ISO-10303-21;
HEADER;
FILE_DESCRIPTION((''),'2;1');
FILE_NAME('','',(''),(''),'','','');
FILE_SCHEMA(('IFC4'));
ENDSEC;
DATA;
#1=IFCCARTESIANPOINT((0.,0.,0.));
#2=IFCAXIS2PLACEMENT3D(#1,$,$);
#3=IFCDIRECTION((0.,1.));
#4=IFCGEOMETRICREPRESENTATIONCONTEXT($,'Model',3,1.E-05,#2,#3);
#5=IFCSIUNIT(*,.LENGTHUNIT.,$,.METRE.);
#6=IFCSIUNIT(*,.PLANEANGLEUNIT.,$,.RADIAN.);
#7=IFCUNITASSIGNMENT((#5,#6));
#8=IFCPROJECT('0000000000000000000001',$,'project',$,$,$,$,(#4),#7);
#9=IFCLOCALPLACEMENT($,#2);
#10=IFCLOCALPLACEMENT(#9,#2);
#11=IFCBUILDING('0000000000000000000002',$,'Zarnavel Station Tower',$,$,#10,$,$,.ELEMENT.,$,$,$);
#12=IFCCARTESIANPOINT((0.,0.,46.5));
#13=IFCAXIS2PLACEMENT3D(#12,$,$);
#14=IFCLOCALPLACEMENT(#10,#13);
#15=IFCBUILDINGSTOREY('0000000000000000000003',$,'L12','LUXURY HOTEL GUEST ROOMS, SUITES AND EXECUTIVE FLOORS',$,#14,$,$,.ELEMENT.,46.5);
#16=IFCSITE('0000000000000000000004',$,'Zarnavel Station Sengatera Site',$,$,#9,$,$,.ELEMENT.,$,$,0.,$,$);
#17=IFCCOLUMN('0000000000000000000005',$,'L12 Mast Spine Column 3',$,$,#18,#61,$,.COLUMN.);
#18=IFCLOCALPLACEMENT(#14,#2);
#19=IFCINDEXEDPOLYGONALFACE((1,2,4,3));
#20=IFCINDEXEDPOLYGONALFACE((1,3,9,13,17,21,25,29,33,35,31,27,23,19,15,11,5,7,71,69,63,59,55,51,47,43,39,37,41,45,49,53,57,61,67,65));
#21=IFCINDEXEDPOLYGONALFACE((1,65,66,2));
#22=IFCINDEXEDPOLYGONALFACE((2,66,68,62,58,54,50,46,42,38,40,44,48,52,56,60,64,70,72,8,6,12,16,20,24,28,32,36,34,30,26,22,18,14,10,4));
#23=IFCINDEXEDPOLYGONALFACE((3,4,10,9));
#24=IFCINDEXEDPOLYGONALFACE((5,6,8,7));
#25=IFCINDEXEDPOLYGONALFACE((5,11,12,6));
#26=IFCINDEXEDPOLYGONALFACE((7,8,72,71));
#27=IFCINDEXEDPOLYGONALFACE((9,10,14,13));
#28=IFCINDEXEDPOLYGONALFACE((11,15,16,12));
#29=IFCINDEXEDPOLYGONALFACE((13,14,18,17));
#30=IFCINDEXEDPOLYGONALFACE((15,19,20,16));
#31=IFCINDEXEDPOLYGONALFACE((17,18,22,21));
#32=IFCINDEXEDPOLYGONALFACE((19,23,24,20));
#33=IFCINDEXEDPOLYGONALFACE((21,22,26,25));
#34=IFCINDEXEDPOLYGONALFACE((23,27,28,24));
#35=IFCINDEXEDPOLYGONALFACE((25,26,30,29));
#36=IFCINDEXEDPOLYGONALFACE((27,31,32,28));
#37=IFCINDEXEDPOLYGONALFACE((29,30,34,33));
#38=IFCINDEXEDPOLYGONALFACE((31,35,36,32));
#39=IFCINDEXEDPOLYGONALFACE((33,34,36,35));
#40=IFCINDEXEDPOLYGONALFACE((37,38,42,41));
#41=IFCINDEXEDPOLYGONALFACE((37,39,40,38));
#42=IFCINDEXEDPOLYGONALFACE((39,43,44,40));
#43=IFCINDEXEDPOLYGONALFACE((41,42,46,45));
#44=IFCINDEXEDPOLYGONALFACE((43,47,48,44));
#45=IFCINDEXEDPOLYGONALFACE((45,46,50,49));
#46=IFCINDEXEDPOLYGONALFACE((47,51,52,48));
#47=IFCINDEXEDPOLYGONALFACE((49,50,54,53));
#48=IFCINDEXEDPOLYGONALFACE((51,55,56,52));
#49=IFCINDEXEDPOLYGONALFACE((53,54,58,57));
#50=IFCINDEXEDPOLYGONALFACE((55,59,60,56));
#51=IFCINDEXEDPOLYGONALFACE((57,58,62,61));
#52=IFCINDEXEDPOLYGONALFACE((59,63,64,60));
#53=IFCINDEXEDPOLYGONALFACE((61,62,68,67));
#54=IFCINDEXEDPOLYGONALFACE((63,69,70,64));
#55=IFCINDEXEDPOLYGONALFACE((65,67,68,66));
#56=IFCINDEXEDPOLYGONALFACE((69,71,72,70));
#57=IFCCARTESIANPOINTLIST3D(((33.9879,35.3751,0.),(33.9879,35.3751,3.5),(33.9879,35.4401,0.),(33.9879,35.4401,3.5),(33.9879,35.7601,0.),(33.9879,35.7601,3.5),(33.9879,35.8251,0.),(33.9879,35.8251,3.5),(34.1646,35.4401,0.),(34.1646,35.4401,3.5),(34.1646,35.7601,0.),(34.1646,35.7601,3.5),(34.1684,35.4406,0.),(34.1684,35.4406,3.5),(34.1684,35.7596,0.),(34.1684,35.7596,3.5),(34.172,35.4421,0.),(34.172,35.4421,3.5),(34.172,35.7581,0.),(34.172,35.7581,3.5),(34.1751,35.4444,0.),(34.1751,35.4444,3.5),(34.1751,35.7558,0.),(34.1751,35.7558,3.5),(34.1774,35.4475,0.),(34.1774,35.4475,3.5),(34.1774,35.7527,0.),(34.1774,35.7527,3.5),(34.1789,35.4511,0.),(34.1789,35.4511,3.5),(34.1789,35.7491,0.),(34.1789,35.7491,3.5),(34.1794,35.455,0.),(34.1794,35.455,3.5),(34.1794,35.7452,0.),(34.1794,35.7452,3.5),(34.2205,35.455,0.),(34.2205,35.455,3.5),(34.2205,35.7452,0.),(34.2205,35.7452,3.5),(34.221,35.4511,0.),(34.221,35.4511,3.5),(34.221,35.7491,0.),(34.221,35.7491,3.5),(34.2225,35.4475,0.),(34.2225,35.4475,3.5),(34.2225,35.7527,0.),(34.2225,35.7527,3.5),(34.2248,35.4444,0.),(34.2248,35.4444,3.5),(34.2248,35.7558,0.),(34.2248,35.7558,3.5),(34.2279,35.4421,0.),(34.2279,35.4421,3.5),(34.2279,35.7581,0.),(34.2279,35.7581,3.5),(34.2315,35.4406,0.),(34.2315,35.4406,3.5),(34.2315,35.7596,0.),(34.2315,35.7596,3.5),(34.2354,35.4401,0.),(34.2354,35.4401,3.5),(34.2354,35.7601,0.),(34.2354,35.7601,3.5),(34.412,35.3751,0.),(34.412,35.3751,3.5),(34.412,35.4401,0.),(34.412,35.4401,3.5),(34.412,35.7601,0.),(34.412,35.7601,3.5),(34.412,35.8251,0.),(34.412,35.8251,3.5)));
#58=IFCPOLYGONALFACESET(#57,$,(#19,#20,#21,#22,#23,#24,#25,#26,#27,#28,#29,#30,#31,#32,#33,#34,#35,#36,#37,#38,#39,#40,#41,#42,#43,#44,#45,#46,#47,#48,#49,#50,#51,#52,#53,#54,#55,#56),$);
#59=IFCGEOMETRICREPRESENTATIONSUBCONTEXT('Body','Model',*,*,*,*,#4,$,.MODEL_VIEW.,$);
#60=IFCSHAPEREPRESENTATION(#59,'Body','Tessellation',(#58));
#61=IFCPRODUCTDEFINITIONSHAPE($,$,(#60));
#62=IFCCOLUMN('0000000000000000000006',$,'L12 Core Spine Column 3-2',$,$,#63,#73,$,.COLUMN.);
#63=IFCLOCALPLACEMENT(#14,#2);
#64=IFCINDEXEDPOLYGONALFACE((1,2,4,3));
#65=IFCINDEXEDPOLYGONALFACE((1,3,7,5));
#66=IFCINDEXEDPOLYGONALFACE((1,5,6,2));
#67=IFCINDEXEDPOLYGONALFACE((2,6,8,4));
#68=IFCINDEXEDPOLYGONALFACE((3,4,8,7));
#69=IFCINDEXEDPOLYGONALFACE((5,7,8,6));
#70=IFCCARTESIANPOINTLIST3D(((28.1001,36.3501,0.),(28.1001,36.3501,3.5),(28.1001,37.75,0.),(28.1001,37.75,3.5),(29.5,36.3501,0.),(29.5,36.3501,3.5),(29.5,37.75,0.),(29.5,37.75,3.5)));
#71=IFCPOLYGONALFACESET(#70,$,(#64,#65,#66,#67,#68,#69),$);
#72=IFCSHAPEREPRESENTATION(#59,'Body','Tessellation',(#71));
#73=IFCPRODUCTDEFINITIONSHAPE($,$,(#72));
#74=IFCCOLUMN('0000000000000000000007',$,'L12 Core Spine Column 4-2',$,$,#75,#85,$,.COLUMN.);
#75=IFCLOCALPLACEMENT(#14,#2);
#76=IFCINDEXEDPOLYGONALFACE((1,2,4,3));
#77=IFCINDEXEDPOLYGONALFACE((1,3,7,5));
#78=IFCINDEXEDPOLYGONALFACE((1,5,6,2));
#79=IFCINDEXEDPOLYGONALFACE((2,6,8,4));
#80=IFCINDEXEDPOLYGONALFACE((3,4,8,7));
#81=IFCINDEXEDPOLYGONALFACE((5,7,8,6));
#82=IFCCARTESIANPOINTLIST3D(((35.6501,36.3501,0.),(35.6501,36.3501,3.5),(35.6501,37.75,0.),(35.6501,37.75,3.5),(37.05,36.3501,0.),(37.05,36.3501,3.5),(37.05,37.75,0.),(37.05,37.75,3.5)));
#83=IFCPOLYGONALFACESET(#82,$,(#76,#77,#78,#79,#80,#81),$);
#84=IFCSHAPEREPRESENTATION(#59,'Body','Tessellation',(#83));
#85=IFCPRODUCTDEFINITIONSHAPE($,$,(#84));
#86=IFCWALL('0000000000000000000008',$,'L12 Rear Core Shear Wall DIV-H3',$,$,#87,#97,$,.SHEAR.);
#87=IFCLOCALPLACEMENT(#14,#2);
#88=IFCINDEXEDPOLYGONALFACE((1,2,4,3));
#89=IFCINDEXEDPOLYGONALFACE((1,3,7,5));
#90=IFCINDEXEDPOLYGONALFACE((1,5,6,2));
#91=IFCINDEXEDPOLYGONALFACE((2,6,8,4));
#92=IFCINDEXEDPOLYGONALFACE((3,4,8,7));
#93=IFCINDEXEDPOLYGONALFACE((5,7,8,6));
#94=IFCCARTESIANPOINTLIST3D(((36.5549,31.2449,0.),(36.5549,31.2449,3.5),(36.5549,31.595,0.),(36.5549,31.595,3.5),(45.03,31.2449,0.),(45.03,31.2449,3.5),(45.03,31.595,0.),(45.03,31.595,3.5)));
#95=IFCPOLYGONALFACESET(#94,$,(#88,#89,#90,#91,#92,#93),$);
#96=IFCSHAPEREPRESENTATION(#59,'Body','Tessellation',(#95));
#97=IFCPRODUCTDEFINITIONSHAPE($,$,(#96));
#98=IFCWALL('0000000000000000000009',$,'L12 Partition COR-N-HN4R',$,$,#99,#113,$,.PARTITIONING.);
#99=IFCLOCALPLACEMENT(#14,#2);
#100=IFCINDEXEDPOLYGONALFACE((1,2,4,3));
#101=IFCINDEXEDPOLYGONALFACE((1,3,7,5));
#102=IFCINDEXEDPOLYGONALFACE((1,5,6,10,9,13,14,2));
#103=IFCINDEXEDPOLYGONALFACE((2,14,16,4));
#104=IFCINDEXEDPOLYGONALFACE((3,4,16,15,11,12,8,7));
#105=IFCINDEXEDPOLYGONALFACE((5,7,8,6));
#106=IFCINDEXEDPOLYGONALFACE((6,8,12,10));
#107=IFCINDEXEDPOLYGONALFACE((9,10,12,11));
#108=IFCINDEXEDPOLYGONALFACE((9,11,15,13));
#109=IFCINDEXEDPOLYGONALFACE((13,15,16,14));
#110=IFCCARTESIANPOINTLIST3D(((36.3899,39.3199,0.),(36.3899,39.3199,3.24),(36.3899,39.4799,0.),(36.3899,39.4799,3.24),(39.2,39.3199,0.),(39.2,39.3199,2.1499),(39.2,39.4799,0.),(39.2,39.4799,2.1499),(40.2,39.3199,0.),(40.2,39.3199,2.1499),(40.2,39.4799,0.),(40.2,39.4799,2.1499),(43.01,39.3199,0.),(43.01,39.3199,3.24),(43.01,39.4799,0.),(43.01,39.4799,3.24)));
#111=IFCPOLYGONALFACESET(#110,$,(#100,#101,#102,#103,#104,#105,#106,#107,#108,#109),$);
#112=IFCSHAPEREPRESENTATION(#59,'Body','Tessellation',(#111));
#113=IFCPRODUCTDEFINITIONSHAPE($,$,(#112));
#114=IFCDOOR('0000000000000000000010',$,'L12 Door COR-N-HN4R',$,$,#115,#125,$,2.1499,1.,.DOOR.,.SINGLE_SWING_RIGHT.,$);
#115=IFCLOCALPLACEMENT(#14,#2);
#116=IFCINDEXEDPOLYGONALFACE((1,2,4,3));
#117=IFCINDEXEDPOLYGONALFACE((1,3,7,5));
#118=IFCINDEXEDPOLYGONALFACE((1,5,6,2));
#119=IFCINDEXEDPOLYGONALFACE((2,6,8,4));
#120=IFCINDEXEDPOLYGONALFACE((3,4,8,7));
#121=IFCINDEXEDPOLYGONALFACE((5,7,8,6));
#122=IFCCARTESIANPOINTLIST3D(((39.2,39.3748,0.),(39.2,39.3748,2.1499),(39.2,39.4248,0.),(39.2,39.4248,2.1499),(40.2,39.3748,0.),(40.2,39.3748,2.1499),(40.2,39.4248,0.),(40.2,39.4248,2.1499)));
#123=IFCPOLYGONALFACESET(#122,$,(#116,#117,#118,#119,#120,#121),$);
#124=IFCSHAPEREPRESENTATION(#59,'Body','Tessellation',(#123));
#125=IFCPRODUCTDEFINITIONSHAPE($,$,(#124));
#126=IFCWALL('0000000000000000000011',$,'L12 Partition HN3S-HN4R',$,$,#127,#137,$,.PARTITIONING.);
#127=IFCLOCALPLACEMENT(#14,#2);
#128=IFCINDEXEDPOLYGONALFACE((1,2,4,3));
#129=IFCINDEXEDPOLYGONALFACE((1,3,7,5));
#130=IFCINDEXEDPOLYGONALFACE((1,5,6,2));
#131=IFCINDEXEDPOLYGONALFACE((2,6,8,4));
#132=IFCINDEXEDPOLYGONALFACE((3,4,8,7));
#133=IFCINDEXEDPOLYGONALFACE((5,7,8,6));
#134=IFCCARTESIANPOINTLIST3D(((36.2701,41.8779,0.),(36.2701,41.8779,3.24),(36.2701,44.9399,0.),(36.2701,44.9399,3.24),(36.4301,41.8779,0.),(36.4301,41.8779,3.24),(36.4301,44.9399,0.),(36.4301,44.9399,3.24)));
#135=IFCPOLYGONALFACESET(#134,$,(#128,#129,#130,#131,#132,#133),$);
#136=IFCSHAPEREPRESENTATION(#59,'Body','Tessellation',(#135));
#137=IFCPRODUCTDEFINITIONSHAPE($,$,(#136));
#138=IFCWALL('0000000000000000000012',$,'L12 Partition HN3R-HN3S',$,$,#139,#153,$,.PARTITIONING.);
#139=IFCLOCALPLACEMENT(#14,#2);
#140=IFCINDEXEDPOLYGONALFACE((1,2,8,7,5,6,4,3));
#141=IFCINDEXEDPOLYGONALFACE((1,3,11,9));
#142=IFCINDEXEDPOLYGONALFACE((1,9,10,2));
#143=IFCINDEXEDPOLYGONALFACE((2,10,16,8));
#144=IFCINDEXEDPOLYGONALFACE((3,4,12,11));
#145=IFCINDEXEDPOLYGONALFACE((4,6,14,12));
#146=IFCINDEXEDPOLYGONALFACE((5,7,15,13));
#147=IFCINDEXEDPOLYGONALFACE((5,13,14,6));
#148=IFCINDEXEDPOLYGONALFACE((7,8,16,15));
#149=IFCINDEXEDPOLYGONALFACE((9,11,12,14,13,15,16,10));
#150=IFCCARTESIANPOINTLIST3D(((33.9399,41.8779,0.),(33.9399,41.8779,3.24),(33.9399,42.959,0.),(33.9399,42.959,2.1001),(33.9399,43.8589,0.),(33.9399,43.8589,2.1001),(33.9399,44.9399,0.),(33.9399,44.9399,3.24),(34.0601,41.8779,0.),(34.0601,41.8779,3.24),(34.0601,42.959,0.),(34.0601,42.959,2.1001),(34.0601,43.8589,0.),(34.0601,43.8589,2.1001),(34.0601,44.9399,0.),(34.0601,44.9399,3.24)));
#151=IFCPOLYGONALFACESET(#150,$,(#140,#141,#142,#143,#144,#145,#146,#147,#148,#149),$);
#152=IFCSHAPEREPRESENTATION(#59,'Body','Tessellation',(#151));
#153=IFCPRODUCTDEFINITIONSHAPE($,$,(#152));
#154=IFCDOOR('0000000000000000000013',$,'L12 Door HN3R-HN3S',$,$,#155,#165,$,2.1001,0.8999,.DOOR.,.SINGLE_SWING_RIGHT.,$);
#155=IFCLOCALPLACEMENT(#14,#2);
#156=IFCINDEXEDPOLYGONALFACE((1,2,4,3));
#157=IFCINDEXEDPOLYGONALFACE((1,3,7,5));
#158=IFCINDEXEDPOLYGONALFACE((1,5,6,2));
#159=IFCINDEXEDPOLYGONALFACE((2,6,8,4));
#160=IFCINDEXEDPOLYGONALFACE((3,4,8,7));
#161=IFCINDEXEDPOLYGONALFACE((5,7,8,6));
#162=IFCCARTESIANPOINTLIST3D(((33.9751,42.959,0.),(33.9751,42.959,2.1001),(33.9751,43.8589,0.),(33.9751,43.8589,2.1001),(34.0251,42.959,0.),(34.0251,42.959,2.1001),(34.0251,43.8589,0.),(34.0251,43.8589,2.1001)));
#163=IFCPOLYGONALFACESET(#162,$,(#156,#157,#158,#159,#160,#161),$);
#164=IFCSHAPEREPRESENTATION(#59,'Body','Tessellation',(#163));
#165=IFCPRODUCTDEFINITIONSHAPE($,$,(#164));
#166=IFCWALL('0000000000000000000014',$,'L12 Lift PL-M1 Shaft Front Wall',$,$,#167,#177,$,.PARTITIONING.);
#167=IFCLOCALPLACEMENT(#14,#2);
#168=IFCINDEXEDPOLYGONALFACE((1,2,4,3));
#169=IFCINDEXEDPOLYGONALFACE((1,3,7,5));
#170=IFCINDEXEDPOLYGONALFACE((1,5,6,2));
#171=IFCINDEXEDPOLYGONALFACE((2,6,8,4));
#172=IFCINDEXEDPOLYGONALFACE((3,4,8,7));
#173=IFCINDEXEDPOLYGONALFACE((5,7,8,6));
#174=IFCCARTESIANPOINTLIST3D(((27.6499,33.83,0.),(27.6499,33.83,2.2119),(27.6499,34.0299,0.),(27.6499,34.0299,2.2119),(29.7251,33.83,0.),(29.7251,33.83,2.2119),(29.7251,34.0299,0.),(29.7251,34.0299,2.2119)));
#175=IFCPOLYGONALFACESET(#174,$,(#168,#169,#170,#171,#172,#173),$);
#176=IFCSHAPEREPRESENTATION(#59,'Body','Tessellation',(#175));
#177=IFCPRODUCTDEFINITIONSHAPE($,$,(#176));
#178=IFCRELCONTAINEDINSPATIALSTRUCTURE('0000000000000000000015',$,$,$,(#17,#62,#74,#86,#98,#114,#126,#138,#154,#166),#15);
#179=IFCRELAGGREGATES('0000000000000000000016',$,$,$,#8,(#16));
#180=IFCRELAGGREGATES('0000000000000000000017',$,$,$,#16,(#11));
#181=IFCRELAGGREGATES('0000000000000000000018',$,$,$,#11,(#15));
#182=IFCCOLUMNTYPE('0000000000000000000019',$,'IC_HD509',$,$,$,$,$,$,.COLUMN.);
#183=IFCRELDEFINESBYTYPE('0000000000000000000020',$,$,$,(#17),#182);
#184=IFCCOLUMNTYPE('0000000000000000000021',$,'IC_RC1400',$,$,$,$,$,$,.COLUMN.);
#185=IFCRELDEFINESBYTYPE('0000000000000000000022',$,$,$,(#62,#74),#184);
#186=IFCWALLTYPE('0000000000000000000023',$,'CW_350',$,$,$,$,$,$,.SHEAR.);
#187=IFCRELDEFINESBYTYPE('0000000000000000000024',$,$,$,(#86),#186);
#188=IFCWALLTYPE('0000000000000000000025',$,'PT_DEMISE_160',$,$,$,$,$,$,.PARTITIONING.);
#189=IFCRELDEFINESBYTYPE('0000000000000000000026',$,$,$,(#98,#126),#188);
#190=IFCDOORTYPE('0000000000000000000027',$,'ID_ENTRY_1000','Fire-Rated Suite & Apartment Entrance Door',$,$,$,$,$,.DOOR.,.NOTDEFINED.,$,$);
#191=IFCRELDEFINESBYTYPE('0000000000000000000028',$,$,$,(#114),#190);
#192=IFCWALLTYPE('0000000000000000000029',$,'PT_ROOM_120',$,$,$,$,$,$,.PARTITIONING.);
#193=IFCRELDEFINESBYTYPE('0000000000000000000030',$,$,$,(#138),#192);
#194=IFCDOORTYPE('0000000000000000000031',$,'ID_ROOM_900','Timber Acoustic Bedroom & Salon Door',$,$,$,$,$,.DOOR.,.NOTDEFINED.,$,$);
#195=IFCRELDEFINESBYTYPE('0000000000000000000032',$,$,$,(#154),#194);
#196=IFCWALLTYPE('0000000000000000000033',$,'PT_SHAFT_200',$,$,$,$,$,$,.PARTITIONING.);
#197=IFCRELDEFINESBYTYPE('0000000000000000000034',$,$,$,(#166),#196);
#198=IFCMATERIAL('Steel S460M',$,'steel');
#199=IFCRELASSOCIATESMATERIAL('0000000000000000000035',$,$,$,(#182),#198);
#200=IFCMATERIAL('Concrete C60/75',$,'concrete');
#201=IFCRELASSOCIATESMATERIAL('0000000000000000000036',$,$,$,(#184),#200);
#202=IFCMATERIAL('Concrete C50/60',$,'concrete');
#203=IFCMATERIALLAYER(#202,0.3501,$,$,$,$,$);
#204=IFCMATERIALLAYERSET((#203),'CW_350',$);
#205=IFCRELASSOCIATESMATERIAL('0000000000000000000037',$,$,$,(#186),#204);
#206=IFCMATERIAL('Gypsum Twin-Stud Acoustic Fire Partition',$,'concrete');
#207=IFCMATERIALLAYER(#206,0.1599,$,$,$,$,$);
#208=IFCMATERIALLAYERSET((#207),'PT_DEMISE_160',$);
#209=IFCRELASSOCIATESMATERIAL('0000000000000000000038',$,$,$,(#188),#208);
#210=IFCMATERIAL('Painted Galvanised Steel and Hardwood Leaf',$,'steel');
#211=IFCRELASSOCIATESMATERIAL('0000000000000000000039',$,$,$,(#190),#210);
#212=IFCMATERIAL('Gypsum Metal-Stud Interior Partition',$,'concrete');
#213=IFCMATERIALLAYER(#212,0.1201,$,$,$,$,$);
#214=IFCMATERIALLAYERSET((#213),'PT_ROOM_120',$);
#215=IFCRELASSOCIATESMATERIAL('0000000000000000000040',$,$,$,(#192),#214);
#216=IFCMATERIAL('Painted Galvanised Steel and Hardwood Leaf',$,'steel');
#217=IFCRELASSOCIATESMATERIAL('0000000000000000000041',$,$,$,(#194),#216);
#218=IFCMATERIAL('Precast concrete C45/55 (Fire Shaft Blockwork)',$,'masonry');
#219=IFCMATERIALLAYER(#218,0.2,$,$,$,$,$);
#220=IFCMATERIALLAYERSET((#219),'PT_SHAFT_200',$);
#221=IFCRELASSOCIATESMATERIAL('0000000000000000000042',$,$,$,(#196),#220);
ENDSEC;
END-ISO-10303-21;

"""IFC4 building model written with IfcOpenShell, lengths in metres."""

from ifc_helpers import new_model, si_unit, direction, frame, frame_2d, origin, origin_2d, place, context, subcontext, project, spatial, rectangle, i_section, extrude, material, layer, layer_set, material_profile, profile_set, type_object, element, fill, save


model = new_model("IFC4")

# Units and contexts
model_context = context("Model", 3, precision=1e-05, world=origin(), true_north=direction((0.0, 1.0)))
body_context = subcontext(model_context, "Body", "Model", "MODEL_VIEW")
ifc_project = project(units=[si_unit("LENGTHUNIT", "METRE"), si_unit("PLANEANGLEUNIT", "RADIAN")], contexts=[model_context])

# Site, building, storey
site_placement = place(None, origin())
site = spatial("IfcSite", under=ifc_project, at=site_placement, Name="Zarnavel Station Sengatera Site", CompositionType="ELEMENT", RefElevation=0.0)
building_placement = place(site_placement, origin())
building = spatial("IfcBuilding", under=site, at=building_placement, Name="Zarnavel Station Tower", CompositionType="ELEMENT")
storey_placement = place(building_placement, frame((0.0, 0.0, 46.5)))
storey = spatial("IfcBuildingStorey", under=building, at=storey_placement, Name="L12", Description="LUXURY HOTEL GUEST ROOMS, SUITES AND EXECUTIVE FLOORS", CompositionType="ELEMENT", Elevation=46.5)

# Columns
ifc_material_1 = material(Name="Steel S460M", Category="steel")
ifc_material_profile_1 = material_profile(ifc_material_1, i_section(OverallWidth=0.4241, OverallDepth=0.45, WebThickness=0.041, FlangeThickness=0.0649, FilletRadius=0.0149, at=origin_2d()), Name="HD400x509")
ifc_profile_set_1 = profile_set([ifc_material_profile_1], Name="Steel S460M")
column_type_1 = type_object("IfcColumnType", Name="IC_HD509", PredefinedType="COLUMN", material=ifc_profile_set_1)
column_placement = place(storey_placement, frame((34.2, 35.6001, 0.0), z_axis=(0.0, 0.0, 1.0), x_axis=(1.0, 0.0, 0.0)))
element("IfcColumn", 1, at=column_placement, inside=storey, type_object=column_type_1, Name="L12 Mast Spine Column 3", PredefinedType="COLUMN", context=body_context, shape_type="SweptSolid", body=[
    extrude(i_section(OverallWidth=0.4241, OverallDepth=0.45, WebThickness=0.041, FlangeThickness=0.0649, FilletRadius=0.0149, at=origin_2d()), origin(), (0.0, 0.0, 1.0), 3.5),
])
ifc_material_2 = material(Name="Concrete C60/75", Category="concrete")
ifc_material_profile_2 = material_profile(ifc_material_2, rectangle(XDim=1.3999, YDim=1.3999, at=origin_2d()), Name="RC1400x1400")
ifc_profile_set_2 = profile_set([ifc_material_profile_2], Name="Concrete C60/75")
column_type_2 = type_object("IfcColumnType", Name="IC_RC1400", PredefinedType="COLUMN", material=ifc_profile_set_2)
for number, where, z_axis, x_axis, name in (
    (2, (28.8, 37.05, 0.0), (0.0, 0.0, 1.0), (1.0, 0.0, 0.0), "L12 Core Spine Column 3-2"),
    (3, (36.3501, 37.05, 0.0), (0.0, 0.0, 1.0), (1.0, 0.0, 0.0), "L12 Core Spine Column 4-2"),
):
    element("IfcColumn", number, at=place(storey_placement, frame(where, z_axis=z_axis, x_axis=x_axis)), inside=storey, type_object=column_type_2, Name=name, PredefinedType="COLUMN", context=body_context, shape_type="SweptSolid", body=[
        extrude(rectangle(XDim=1.3999, YDim=1.3999, at=origin_2d()), origin(), (0.0, 0.0, 1.0), 3.5),
    ])

# Wall
ifc_material_3 = material(Name="Concrete C50/60", Category="concrete")
ifc_layer_1 = layer(ifc_material_3, 0.3501)
ifc_layer_set_1 = layer_set([ifc_layer_1], Name="CW_350")
wall_type_1 = type_object("IfcWallType", Name="CW_350", PredefinedType="SHEAR", material=ifc_layer_set_1)
wall_1_placement = place(storey_placement, frame((36.5549, 31.4199, 0.0), z_axis=(0.0, 0.0, 1.0), x_axis=(1.0, 0.0, 0.0)))
element("IfcWall", 4, at=wall_1_placement, inside=storey, type_object=wall_type_1, Name="L12 Rear Core Shear Wall DIV-H3", PredefinedType="SHEAR", context=body_context, shape_type="SweptSolid", body=[
    extrude(rectangle(XDim=8.4751, YDim=0.3501, at=frame_2d((4.2375, 0.0))), origin(), (0.0, 0.0, 1.0), 3.5),
])

# Wall, opening, door
ifc_material_4 = material(Name="Gypsum Twin-Stud Acoustic Fire Partition", Category="concrete")
ifc_layer_2 = layer(ifc_material_4, 0.1599)
ifc_layer_set_2 = layer_set([ifc_layer_2], Name="PT_DEMISE_160")
wall_type_2 = type_object("IfcWallType", Name="PT_DEMISE_160", PredefinedType="PARTITIONING", material=ifc_layer_set_2)
wall_2_placement = place(storey_placement, frame((36.3899, 39.3999, 0.0), z_axis=(0.0, 0.0, 1.0), x_axis=(1.0, 0.0, 0.0)))
wall_2 = element("IfcWall", 5, at=wall_2_placement, inside=storey, type_object=wall_type_2, Name="L12 Partition COR-N-HN4R", PredefinedType="PARTITIONING", context=body_context, shape_type="SweptSolid", body=[
    extrude(rectangle(XDim=6.6201, YDim=0.1599, at=frame_2d((3.3101, 0.0))), origin(), (0.0, 0.0, 1.0), 3.24),
])
opening_1_placement = place(wall_2_placement, frame((2.8101, 0.0, 0.0)))
opening_1 = element("IfcOpeningElement", 6, at=opening_1_placement, cuts=wall_2, PredefinedType="OPENING", context=body_context, shape_type="SweptSolid", body=[
    extrude(rectangle(XDim=1.0, YDim=2.1499, at=frame_2d((0.5, 1.075))), frame((0.0, 0.0898, 0.0), z_axis=(0.0, -1.0, 0.0), x_axis=(1.0, 0.0, 0.0)), (0.0, 0.0, 1.0), 0.1799),
])
ifc_material_5 = material(Name="Painted Galvanised Steel and Hardwood Leaf", Category="steel")
door_type_1 = type_object("IfcDoorType", Name="ID_ENTRY_1000", Description="Fire-Rated Suite & Apartment Entrance Door", OperationType="NOTDEFINED", PredefinedType="DOOR", material=ifc_material_5)
door_1_placement = place(opening_1_placement, origin())
door_1 = element("IfcDoor", 7, at=door_1_placement, inside=storey, type_object=door_type_1, Name="L12 Door COR-N-HN4R", OperationType="SINGLE_SWING_RIGHT", OverallHeight=2.1499, OverallWidth=1.0, PredefinedType="DOOR", context=body_context, shape_type="SweptSolid", body=[
    extrude(rectangle(XDim=1.0, YDim=2.1499, at=frame_2d((0.5, 1.075))), frame((0.0, 0.0249, 0.0), z_axis=(0.0, -1.0, 0.0), x_axis=(1.0, 0.0, 0.0)), (0.0, 0.0, 1.0), 0.05),
])
fill(opening_1, door_1)

# Wall
wall_3_placement = place(storey_placement, frame((36.3501, 41.8779, 0.0), z_axis=(0.0, 0.0, 1.0), x_axis=(0.0, 1.0, 0.0)))
element("IfcWall", 8, at=wall_3_placement, inside=storey, type_object=wall_type_2, Name="L12 Partition HN3S-HN4R", PredefinedType="PARTITIONING", context=body_context, shape_type="SweptSolid", body=[
    extrude(rectangle(XDim=3.062, YDim=0.1599, at=frame_2d((1.531, 0.0))), origin(), (0.0, 0.0, 1.0), 3.24),
])

# Wall, opening, door
ifc_material_6 = material(Name="Gypsum Metal-Stud Interior Partition", Category="concrete")
ifc_layer_3 = layer(ifc_material_6, 0.1201)
ifc_layer_set_3 = layer_set([ifc_layer_3], Name="PT_ROOM_120")
wall_type_3 = type_object("IfcWallType", Name="PT_ROOM_120", PredefinedType="PARTITIONING", material=ifc_layer_set_3)
wall_4_placement = place(storey_placement, frame((34.0, 41.8779, 0.0), z_axis=(0.0, 0.0, 1.0), x_axis=(0.0, 1.0, 0.0)))
wall_4 = element("IfcWall", 9, at=wall_4_placement, inside=storey, type_object=wall_type_3, Name="L12 Partition HN3R-HN3S", PredefinedType="PARTITIONING", context=body_context, shape_type="SweptSolid", body=[
    extrude(rectangle(XDim=3.062, YDim=0.1201, at=frame_2d((1.531, 0.0))), origin(), (0.0, 0.0, 1.0), 3.24),
])
opening_2_placement = place(wall_4_placement, frame((1.0811, 0.0, 0.0)))
opening_2 = element("IfcOpeningElement", 10, at=opening_2_placement, cuts=wall_4, PredefinedType="OPENING", context=body_context, shape_type="SweptSolid", body=[
    extrude(rectangle(XDim=0.8999, YDim=2.1001, at=frame_2d((0.45, 1.05))), frame((0.0, 0.0701, 0.0), z_axis=(0.0, -1.0, 0.0), x_axis=(1.0, 0.0, 0.0)), (0.0, 0.0, 1.0), 0.1401),
])
ifc_material_7 = material(Name="Painted Galvanised Steel and Hardwood Leaf", Category="steel")
door_type_2 = type_object("IfcDoorType", Name="ID_ROOM_900", Description="Timber Acoustic Bedroom & Salon Door", OperationType="NOTDEFINED", PredefinedType="DOOR", material=ifc_material_7)
door_2_placement = place(opening_2_placement, origin())
door_2 = element("IfcDoor", 11, at=door_2_placement, inside=storey, type_object=door_type_2, Name="L12 Door HN3R-HN3S", OperationType="SINGLE_SWING_RIGHT", OverallHeight=2.1001, OverallWidth=0.8999, PredefinedType="DOOR", context=body_context, shape_type="SweptSolid", body=[
    extrude(rectangle(XDim=0.8999, YDim=2.1001, at=frame_2d((0.45, 1.05))), frame((0.0, 0.0249, 0.0), z_axis=(0.0, -1.0, 0.0), x_axis=(1.0, 0.0, 0.0)), (0.0, 0.0, 1.0), 0.05),
])
fill(opening_2, door_2)
ifc_material_8 = material(Name="Precast concrete C45/55 (Fire Shaft Blockwork)", Category="masonry")
ifc_layer_4 = layer(ifc_material_8, 0.2)
ifc_layer_set_4 = layer_set([ifc_layer_4], Name="PT_SHAFT_200")
wall_type_4 = type_object("IfcWallType", Name="PT_SHAFT_200", PredefinedType="PARTITIONING", material=ifc_layer_set_4)

# Wall
wall_5_placement = place(storey_placement, frame((27.6499, 33.9299, 0.0), z_axis=(0.0, 0.0, 1.0), x_axis=(1.0, 0.0, 0.0)))
element("IfcWall", 12, at=wall_5_placement, inside=storey, type_object=wall_type_4, Name="L12 Lift PL-M1 Shaft Front Wall", PredefinedType="PARTITIONING", context=body_context, shape_type="SweptSolid", body=[
    extrude(rectangle(XDim=2.0752, YDim=0.2, at=frame_2d((1.0376, 0.0))), origin(), (0.0, 0.0, 1.0), 2.2119),
])

save(model, "model.ifc")
